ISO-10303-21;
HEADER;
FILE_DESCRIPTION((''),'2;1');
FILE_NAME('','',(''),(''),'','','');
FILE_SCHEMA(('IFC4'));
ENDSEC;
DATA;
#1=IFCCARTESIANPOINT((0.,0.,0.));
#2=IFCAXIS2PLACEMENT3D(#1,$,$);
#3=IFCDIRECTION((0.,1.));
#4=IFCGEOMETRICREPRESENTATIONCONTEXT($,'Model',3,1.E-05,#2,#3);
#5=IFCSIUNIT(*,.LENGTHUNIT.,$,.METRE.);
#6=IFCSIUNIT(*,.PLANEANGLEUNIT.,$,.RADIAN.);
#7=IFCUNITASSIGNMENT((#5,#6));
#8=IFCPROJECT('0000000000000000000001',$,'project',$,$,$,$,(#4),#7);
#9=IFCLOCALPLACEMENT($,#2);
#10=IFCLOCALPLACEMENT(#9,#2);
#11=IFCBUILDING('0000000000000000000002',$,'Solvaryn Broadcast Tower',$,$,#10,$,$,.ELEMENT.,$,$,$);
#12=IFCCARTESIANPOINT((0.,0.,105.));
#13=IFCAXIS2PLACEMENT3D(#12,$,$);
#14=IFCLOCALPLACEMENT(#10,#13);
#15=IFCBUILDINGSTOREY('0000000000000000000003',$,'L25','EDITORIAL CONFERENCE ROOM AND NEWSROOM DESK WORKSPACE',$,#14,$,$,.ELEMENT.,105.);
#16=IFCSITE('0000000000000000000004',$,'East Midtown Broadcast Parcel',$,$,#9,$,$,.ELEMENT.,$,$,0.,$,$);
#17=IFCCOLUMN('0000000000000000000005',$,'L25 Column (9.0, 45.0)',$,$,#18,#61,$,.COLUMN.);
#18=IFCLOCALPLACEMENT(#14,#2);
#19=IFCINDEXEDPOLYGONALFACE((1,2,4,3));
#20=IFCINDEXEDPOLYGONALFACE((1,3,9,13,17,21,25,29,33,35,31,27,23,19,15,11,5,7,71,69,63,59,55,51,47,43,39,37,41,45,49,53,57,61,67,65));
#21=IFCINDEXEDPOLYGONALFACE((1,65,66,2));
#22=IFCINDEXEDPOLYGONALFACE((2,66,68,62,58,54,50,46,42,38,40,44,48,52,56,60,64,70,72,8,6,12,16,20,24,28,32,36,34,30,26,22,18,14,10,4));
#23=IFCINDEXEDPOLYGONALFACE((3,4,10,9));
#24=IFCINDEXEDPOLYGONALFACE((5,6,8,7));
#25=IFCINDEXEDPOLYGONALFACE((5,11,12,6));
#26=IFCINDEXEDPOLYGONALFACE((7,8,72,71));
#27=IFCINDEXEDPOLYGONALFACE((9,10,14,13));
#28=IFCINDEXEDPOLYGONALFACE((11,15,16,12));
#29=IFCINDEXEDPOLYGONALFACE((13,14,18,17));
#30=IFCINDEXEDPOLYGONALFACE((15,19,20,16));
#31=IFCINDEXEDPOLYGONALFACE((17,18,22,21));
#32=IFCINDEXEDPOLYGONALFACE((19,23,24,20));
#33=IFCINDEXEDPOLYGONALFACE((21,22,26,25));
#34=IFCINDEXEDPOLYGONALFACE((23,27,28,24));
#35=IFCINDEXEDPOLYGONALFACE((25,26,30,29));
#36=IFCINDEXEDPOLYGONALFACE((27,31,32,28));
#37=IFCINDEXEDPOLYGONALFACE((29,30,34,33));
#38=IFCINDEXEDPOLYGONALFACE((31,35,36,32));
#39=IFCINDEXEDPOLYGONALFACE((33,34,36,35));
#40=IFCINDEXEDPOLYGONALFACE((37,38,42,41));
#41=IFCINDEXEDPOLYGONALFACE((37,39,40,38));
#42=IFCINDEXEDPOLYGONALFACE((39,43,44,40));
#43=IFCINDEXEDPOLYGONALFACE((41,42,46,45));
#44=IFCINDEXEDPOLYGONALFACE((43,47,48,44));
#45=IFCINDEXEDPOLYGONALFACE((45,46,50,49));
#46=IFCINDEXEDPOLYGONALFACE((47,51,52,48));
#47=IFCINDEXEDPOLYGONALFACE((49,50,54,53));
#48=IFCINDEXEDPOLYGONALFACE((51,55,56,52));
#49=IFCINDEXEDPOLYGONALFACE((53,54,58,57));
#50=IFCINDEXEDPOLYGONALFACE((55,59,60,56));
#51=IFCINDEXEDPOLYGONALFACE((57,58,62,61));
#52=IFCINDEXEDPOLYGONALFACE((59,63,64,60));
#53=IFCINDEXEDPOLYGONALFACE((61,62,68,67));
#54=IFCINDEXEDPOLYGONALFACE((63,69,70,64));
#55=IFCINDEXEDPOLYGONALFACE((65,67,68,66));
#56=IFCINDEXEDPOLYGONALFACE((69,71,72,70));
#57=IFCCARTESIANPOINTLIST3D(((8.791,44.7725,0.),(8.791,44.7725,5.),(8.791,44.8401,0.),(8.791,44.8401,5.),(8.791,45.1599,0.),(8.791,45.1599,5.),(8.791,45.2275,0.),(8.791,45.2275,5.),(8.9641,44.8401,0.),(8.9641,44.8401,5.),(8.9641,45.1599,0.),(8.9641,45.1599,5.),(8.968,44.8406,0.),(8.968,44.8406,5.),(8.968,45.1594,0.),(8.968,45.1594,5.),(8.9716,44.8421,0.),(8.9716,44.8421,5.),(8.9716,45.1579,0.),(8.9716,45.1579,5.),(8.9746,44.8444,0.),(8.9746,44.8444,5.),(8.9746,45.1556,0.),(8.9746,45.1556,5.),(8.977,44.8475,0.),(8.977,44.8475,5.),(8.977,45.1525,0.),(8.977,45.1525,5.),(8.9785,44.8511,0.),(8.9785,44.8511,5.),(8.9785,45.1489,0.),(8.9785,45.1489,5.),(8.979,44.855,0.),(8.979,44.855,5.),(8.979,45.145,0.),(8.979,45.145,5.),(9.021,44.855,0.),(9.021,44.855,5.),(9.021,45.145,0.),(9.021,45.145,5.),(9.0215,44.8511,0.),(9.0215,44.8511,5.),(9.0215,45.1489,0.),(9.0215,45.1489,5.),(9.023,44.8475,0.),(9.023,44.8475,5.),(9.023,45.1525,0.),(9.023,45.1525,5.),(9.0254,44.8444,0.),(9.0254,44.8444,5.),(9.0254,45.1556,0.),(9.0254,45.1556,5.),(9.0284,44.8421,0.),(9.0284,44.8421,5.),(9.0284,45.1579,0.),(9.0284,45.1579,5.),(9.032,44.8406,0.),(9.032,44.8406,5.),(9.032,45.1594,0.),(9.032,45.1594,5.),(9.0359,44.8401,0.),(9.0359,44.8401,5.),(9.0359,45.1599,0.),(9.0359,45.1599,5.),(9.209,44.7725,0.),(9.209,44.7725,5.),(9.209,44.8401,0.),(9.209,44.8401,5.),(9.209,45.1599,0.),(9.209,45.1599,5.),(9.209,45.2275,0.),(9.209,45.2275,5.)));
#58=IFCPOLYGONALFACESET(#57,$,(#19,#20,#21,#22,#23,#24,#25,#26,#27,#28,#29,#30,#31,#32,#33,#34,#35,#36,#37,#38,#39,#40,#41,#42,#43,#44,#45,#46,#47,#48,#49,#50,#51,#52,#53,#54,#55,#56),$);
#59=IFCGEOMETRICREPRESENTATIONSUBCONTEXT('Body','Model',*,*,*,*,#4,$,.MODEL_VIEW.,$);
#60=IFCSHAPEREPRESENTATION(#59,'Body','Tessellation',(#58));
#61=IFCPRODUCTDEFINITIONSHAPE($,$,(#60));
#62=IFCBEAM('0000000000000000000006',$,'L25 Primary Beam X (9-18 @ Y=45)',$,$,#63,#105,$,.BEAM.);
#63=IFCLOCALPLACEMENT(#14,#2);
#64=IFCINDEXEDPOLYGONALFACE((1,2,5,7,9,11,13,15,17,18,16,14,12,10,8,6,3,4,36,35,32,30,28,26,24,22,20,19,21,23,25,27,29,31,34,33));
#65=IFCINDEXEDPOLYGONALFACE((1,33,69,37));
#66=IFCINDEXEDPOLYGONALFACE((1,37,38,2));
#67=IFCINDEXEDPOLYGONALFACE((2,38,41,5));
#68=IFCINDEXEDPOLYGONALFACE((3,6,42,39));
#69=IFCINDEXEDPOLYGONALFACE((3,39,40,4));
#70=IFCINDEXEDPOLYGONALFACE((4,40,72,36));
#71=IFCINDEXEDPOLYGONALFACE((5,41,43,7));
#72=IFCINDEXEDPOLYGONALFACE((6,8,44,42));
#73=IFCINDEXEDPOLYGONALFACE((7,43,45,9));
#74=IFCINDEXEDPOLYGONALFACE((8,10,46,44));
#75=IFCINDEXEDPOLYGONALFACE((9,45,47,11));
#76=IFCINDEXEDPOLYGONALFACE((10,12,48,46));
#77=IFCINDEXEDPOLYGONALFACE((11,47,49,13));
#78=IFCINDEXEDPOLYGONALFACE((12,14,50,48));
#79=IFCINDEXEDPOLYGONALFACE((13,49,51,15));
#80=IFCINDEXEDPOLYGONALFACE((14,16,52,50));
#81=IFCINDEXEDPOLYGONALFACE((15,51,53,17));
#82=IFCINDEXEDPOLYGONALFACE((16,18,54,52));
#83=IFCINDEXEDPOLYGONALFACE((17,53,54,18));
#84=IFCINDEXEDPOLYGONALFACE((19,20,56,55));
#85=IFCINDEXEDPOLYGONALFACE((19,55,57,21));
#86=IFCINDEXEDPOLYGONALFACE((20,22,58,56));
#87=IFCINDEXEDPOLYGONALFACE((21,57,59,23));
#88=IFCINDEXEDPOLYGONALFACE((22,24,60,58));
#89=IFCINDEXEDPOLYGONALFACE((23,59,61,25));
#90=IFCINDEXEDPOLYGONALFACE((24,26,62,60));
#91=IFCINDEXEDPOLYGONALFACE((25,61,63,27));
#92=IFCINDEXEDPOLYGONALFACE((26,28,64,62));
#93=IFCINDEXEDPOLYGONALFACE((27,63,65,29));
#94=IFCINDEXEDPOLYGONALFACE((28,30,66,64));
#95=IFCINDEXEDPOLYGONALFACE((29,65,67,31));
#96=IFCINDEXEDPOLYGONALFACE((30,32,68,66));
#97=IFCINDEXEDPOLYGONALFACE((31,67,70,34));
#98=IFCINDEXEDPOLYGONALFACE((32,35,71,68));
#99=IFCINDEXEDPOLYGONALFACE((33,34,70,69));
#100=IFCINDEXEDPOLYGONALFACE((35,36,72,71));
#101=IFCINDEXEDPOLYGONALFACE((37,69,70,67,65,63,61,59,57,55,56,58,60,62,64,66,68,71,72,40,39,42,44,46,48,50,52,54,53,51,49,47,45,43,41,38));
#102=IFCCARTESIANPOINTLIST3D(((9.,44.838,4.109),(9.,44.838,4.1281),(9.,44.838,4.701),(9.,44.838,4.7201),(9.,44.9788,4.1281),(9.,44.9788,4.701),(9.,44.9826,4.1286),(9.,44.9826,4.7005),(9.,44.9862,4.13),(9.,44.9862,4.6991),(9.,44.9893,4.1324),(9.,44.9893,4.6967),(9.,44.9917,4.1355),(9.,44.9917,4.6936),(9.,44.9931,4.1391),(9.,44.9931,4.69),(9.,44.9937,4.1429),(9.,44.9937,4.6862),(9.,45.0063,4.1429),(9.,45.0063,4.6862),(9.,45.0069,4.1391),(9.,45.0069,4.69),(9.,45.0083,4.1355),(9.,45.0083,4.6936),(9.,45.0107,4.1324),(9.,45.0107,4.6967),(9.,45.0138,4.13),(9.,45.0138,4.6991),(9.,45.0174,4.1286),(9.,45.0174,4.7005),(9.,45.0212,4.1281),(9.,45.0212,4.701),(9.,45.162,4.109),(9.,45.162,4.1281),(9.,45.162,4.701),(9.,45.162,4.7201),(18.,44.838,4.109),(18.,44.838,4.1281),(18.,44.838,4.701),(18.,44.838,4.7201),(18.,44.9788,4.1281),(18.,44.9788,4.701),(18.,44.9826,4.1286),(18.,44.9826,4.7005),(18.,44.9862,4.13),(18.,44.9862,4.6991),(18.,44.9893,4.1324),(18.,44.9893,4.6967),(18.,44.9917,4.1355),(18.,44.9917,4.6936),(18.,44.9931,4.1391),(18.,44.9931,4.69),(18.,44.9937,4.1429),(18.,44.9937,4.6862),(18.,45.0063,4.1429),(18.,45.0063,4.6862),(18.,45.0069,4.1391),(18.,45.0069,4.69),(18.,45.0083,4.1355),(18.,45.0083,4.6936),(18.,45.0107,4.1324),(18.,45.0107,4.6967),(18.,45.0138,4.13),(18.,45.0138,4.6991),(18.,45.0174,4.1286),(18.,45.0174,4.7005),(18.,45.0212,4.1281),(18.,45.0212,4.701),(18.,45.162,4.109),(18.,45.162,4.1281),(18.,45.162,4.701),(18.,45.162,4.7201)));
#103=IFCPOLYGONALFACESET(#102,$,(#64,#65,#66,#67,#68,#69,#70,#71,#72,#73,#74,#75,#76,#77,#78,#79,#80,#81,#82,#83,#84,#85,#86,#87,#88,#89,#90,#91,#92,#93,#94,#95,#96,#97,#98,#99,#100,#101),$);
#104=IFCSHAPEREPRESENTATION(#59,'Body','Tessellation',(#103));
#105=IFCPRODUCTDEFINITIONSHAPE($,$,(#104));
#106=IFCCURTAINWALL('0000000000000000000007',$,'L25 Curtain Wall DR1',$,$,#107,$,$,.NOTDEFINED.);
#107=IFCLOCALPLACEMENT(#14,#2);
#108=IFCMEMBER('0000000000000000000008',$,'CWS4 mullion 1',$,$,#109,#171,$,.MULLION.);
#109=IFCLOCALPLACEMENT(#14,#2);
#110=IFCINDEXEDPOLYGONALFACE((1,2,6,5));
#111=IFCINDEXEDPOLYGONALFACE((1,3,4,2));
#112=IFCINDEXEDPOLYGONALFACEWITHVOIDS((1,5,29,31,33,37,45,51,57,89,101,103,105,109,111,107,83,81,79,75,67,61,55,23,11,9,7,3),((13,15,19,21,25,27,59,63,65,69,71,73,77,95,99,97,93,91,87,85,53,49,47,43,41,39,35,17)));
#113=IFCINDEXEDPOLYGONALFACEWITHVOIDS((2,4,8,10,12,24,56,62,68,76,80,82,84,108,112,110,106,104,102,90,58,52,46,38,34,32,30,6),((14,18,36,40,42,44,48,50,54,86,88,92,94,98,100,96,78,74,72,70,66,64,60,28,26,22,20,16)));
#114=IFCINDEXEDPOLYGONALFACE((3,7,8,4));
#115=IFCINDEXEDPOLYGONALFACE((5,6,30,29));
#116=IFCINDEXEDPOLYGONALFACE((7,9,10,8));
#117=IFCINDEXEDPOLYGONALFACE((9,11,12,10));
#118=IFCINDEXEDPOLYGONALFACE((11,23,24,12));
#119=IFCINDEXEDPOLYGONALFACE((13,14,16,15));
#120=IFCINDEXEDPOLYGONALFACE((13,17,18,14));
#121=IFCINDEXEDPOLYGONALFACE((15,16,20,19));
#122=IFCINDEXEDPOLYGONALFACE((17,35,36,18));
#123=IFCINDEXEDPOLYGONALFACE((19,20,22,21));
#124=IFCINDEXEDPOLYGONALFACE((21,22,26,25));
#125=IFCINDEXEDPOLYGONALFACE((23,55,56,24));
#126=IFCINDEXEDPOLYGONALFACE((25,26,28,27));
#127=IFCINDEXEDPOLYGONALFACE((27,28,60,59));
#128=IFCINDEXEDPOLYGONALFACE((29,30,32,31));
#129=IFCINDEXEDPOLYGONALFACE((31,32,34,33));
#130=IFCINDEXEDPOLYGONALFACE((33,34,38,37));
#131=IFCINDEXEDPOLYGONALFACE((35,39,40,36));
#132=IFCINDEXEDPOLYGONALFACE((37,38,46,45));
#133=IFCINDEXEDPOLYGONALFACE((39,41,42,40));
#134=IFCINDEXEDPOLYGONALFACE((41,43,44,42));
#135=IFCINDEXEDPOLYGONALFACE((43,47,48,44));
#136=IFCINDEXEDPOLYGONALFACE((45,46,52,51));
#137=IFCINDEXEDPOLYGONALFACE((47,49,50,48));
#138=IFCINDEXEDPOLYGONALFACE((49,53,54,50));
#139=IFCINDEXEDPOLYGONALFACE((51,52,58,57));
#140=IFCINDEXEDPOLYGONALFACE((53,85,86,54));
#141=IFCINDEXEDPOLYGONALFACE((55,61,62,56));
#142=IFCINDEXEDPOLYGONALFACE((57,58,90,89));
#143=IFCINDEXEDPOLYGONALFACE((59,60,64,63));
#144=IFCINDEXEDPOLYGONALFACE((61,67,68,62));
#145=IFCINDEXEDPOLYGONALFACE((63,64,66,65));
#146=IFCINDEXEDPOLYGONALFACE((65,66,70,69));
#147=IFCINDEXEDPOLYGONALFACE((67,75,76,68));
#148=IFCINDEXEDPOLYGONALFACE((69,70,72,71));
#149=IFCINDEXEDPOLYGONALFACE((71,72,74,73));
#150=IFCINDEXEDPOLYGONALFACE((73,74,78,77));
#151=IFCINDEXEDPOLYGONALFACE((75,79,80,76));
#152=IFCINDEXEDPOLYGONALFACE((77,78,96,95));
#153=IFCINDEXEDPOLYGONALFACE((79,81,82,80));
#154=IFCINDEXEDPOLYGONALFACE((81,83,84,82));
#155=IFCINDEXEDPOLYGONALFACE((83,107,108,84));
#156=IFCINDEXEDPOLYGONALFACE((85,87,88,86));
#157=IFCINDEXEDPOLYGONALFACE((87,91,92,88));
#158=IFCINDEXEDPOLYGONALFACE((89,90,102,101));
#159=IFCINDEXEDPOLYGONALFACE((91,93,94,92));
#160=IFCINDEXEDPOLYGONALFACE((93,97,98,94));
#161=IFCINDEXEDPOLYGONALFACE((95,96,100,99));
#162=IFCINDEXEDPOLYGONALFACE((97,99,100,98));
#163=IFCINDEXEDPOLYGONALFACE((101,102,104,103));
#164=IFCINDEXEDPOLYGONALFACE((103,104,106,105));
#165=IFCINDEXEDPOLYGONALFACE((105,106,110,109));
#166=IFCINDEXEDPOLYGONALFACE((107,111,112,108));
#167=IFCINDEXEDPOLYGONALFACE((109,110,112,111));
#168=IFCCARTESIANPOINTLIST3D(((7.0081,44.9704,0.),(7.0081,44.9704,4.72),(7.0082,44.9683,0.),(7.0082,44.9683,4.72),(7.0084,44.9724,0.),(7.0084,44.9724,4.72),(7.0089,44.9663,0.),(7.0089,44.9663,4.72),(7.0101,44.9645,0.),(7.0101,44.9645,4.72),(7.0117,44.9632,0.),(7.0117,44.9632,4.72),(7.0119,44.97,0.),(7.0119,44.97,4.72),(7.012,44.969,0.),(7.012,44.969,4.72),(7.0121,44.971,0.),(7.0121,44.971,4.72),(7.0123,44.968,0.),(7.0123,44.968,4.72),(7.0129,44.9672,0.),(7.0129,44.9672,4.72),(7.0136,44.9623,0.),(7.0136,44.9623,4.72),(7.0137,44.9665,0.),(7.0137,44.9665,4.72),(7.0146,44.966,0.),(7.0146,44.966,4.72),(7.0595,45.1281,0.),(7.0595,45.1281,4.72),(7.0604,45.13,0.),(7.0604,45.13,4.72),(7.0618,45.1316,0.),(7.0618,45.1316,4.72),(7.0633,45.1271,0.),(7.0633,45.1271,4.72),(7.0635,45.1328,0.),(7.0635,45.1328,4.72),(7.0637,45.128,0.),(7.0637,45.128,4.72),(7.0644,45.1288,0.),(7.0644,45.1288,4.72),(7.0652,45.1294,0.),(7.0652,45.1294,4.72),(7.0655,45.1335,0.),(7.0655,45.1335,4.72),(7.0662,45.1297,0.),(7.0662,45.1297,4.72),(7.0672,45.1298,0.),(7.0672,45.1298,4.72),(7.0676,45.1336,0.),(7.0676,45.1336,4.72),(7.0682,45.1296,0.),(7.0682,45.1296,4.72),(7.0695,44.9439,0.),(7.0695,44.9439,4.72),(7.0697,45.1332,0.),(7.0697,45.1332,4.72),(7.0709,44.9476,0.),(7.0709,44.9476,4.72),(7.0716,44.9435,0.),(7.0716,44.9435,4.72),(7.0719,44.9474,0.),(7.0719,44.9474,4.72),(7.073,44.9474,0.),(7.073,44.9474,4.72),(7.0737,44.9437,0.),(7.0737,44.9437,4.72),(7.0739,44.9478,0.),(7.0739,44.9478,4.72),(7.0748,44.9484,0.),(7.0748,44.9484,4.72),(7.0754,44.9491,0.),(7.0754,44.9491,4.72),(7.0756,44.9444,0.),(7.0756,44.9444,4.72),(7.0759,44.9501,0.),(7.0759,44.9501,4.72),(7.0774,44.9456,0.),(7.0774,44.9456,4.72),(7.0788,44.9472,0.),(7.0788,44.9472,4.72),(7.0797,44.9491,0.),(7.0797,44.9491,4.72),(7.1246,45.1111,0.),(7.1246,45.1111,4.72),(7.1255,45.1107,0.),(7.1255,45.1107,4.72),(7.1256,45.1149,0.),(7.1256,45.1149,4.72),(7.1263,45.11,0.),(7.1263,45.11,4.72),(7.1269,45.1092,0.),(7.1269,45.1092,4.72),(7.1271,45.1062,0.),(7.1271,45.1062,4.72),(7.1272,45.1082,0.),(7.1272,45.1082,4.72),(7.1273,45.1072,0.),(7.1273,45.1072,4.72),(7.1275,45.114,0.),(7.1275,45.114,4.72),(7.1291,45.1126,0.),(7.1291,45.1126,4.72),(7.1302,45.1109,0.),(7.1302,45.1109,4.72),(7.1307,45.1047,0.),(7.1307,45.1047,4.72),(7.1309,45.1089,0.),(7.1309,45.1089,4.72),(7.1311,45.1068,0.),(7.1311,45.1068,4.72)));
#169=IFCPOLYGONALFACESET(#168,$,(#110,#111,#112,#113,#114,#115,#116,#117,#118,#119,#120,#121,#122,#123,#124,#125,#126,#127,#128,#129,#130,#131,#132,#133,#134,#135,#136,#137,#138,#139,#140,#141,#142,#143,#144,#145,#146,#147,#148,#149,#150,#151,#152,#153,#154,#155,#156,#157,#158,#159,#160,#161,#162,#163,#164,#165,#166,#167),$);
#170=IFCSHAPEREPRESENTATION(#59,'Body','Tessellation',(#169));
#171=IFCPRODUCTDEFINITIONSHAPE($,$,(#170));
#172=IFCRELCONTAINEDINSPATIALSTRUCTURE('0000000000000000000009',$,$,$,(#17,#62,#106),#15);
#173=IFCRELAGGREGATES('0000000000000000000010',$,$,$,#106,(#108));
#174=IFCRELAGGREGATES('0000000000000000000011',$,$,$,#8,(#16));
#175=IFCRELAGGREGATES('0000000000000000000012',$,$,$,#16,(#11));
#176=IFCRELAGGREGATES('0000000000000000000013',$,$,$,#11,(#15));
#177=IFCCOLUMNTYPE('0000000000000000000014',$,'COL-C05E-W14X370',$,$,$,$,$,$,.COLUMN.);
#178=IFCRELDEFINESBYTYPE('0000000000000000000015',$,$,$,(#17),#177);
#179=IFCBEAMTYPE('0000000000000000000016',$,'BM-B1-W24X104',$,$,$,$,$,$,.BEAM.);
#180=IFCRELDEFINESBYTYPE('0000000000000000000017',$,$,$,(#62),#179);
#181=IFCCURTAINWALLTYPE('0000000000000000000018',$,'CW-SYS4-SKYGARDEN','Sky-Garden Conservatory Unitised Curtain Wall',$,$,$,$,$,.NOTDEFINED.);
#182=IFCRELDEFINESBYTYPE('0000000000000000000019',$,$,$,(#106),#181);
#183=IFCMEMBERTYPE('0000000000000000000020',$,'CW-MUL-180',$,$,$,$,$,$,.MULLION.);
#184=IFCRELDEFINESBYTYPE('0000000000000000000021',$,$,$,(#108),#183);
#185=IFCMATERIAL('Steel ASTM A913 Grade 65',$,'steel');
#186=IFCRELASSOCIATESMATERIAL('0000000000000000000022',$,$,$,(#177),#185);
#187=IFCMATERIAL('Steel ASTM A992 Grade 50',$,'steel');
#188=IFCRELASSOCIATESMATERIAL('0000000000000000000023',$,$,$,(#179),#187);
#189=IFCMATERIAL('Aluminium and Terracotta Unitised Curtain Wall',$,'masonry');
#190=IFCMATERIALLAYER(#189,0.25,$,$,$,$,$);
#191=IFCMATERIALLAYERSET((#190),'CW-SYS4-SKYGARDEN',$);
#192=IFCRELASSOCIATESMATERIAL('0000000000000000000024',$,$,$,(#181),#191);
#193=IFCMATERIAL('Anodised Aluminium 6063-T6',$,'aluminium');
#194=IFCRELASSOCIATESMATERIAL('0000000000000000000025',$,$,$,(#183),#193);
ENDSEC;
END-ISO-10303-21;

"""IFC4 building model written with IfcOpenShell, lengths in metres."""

from ifc_helpers import new_model, si_unit, direction, frame, origin, origin_2d, place, context, subcontext, project, spatial, hollow_rectangle, i_section, extrude, material, layer, layer_set, material_profile, profile_set, type_object, element, aggregate, save


model = new_model("IFC4")

# Units and contexts
model_context = context("Model", 3, precision=1e-05, world=origin(), true_north=direction((0.0, 1.0)))
body_context = subcontext(model_context, "Body", "Model", "MODEL_VIEW")
ifc_project = project(units=[si_unit("LENGTHUNIT", "METRE"), si_unit("PLANEANGLEUNIT", "RADIAN")], contexts=[model_context])

# Site, building, storey
site_placement = place(None, origin())
site = spatial("IfcSite", under=ifc_project, at=site_placement, Name="East Midtown Broadcast Parcel", CompositionType="ELEMENT", RefElevation=0.0)
building_placement = place(site_placement, origin())
building = spatial("IfcBuilding", under=site, at=building_placement, Name="Solvaryn Broadcast Tower", CompositionType="ELEMENT")
storey_placement = place(building_placement, frame((0.0, 0.0, 105.0)))
storey = spatial("IfcBuildingStorey", under=building, at=storey_placement, Name="L25", Description="EDITORIAL CONFERENCE ROOM AND NEWSROOM DESK WORKSPACE", CompositionType="ELEMENT", Elevation=105.0)

# Column
ifc_material_1 = material(Name="Steel ASTM A913 Grade 65", Category="steel")
ifc_material_profile_1 = material_profile(ifc_material_1, i_section(OverallWidth=0.418, OverallDepth=0.4551, WebThickness=0.042, FlangeThickness=0.0676, FilletRadius=0.0149, at=origin_2d()))
ifc_profile_set_1 = profile_set([ifc_material_profile_1], Name="Steel ASTM A913 Grade 65")
column_type = type_object("IfcColumnType", Name="COL-C05E-W14X370", PredefinedType="COLUMN", material=ifc_profile_set_1)
column_placement = place(storey_placement, frame((9.0, 45.0, 0.0), z_axis=(0.0, 0.0, 1.0), x_axis=(1.0, 0.0, 0.0)))
element("IfcColumn", 1, at=column_placement, inside=storey, type_object=column_type, Name="L25 Column (9.0, 45.0)", PredefinedType="COLUMN", context=body_context, shape_type="SweptSolid", body=[
    extrude(i_section(OverallWidth=0.418, OverallDepth=0.4551, WebThickness=0.042, FlangeThickness=0.0676, FilletRadius=0.0149, at=origin_2d()), origin(), (0.0, 0.0, 1.0), 5.0),
])

# Beam
ifc_material_2 = material(Name="Steel ASTM A992 Grade 50", Category="steel")
ifc_material_profile_2 = material_profile(ifc_material_2, i_section(OverallWidth=0.324, OverallDepth=0.6111, WebThickness=0.0127, FlangeThickness=0.019, FilletRadius=0.0149, at=origin_2d()))
ifc_profile_set_2 = profile_set([ifc_material_profile_2], Name="Steel ASTM A992 Grade 50")
beam_type = type_object("IfcBeamType", Name="BM-B1-W24X104", PredefinedType="BEAM", material=ifc_profile_set_2)
beam_placement = place(storey_placement, frame((9.0, 45.0, 4.4146), z_axis=(1.0, 0.0, 0.0), x_axis=(0.0, 1.0, 0.0)))
element("IfcBeam", 2, at=beam_placement, inside=storey, type_object=beam_type, Name="L25 Primary Beam X (9-18 @ Y=45)", PredefinedType="BEAM", context=body_context, shape_type="SweptSolid", body=[
    extrude(i_section(OverallWidth=0.324, OverallDepth=0.6111, WebThickness=0.0127, FlangeThickness=0.019, FilletRadius=0.0149, at=origin_2d()), origin(), (0.0, 0.0, 1.0), 9.0),
])

# Curtain wall, member
ifc_material_3 = material(Name="Aluminium and Terracotta Unitised Curtain Wall", Category="masonry")
ifc_layer_1 = layer(ifc_material_3, 0.25)
ifc_layer_set_1 = layer_set([ifc_layer_1], Name="CW-SYS4-SKYGARDEN")
curtain_wall_type = type_object("IfcCurtainWallType", Name="CW-SYS4-SKYGARDEN", Description="Sky-Garden Conservatory Unitised Curtain Wall", PredefinedType="NOTDEFINED", material=ifc_layer_set_1)
curtain_wall_1_placement = place(storey_placement, origin())
curtain_wall_1 = element("IfcCurtainWall", 3, at=curtain_wall_1_placement, inside=storey, type_object=curtain_wall_type, Name="L25 Curtain Wall DR1", PredefinedType="NOTDEFINED")
ifc_material_4 = material(Name="Anodised Aluminium 6063-T6", Category="aluminium")
ifc_material_profile_3 = material_profile(ifc_material_4, hollow_rectangle(XDim=0.075, YDim=0.1799, WallThickness=0.0039, InnerFilletRadius=0.0039, OuterFilletRadius=0.0081, at=origin_2d()))
ifc_profile_set_3 = profile_set([ifc_material_profile_3], Name="Anodised Aluminium 6063-T6")
member_type_1 = type_object("IfcMemberType", Name="CW-MUL-180", PredefinedType="MULLION", material=ifc_profile_set_3)
member_1_placement = place(storey_placement, frame((7.0696, 45.0386, 0.0), z_axis=(0.0, 0.0, 1.0), x_axis=(0.950198, -0.311646, 0.0)))
member_1 = element("IfcMember", 4, at=member_1_placement, type_object=member_type_1, Name="CWS4 mullion 1", PredefinedType="MULLION", context=body_context, shape_type="SweptSolid", body=[
    extrude(hollow_rectangle(XDim=0.075, YDim=0.1799, WallThickness=0.0039, InnerFilletRadius=0.0039, OuterFilletRadius=0.0081, at=origin_2d()), origin(), (0.0, 0.0, 1.0), 4.72),
])

aggregate(curtain_wall_1, [member_1])

save(model, "model.ifc")
